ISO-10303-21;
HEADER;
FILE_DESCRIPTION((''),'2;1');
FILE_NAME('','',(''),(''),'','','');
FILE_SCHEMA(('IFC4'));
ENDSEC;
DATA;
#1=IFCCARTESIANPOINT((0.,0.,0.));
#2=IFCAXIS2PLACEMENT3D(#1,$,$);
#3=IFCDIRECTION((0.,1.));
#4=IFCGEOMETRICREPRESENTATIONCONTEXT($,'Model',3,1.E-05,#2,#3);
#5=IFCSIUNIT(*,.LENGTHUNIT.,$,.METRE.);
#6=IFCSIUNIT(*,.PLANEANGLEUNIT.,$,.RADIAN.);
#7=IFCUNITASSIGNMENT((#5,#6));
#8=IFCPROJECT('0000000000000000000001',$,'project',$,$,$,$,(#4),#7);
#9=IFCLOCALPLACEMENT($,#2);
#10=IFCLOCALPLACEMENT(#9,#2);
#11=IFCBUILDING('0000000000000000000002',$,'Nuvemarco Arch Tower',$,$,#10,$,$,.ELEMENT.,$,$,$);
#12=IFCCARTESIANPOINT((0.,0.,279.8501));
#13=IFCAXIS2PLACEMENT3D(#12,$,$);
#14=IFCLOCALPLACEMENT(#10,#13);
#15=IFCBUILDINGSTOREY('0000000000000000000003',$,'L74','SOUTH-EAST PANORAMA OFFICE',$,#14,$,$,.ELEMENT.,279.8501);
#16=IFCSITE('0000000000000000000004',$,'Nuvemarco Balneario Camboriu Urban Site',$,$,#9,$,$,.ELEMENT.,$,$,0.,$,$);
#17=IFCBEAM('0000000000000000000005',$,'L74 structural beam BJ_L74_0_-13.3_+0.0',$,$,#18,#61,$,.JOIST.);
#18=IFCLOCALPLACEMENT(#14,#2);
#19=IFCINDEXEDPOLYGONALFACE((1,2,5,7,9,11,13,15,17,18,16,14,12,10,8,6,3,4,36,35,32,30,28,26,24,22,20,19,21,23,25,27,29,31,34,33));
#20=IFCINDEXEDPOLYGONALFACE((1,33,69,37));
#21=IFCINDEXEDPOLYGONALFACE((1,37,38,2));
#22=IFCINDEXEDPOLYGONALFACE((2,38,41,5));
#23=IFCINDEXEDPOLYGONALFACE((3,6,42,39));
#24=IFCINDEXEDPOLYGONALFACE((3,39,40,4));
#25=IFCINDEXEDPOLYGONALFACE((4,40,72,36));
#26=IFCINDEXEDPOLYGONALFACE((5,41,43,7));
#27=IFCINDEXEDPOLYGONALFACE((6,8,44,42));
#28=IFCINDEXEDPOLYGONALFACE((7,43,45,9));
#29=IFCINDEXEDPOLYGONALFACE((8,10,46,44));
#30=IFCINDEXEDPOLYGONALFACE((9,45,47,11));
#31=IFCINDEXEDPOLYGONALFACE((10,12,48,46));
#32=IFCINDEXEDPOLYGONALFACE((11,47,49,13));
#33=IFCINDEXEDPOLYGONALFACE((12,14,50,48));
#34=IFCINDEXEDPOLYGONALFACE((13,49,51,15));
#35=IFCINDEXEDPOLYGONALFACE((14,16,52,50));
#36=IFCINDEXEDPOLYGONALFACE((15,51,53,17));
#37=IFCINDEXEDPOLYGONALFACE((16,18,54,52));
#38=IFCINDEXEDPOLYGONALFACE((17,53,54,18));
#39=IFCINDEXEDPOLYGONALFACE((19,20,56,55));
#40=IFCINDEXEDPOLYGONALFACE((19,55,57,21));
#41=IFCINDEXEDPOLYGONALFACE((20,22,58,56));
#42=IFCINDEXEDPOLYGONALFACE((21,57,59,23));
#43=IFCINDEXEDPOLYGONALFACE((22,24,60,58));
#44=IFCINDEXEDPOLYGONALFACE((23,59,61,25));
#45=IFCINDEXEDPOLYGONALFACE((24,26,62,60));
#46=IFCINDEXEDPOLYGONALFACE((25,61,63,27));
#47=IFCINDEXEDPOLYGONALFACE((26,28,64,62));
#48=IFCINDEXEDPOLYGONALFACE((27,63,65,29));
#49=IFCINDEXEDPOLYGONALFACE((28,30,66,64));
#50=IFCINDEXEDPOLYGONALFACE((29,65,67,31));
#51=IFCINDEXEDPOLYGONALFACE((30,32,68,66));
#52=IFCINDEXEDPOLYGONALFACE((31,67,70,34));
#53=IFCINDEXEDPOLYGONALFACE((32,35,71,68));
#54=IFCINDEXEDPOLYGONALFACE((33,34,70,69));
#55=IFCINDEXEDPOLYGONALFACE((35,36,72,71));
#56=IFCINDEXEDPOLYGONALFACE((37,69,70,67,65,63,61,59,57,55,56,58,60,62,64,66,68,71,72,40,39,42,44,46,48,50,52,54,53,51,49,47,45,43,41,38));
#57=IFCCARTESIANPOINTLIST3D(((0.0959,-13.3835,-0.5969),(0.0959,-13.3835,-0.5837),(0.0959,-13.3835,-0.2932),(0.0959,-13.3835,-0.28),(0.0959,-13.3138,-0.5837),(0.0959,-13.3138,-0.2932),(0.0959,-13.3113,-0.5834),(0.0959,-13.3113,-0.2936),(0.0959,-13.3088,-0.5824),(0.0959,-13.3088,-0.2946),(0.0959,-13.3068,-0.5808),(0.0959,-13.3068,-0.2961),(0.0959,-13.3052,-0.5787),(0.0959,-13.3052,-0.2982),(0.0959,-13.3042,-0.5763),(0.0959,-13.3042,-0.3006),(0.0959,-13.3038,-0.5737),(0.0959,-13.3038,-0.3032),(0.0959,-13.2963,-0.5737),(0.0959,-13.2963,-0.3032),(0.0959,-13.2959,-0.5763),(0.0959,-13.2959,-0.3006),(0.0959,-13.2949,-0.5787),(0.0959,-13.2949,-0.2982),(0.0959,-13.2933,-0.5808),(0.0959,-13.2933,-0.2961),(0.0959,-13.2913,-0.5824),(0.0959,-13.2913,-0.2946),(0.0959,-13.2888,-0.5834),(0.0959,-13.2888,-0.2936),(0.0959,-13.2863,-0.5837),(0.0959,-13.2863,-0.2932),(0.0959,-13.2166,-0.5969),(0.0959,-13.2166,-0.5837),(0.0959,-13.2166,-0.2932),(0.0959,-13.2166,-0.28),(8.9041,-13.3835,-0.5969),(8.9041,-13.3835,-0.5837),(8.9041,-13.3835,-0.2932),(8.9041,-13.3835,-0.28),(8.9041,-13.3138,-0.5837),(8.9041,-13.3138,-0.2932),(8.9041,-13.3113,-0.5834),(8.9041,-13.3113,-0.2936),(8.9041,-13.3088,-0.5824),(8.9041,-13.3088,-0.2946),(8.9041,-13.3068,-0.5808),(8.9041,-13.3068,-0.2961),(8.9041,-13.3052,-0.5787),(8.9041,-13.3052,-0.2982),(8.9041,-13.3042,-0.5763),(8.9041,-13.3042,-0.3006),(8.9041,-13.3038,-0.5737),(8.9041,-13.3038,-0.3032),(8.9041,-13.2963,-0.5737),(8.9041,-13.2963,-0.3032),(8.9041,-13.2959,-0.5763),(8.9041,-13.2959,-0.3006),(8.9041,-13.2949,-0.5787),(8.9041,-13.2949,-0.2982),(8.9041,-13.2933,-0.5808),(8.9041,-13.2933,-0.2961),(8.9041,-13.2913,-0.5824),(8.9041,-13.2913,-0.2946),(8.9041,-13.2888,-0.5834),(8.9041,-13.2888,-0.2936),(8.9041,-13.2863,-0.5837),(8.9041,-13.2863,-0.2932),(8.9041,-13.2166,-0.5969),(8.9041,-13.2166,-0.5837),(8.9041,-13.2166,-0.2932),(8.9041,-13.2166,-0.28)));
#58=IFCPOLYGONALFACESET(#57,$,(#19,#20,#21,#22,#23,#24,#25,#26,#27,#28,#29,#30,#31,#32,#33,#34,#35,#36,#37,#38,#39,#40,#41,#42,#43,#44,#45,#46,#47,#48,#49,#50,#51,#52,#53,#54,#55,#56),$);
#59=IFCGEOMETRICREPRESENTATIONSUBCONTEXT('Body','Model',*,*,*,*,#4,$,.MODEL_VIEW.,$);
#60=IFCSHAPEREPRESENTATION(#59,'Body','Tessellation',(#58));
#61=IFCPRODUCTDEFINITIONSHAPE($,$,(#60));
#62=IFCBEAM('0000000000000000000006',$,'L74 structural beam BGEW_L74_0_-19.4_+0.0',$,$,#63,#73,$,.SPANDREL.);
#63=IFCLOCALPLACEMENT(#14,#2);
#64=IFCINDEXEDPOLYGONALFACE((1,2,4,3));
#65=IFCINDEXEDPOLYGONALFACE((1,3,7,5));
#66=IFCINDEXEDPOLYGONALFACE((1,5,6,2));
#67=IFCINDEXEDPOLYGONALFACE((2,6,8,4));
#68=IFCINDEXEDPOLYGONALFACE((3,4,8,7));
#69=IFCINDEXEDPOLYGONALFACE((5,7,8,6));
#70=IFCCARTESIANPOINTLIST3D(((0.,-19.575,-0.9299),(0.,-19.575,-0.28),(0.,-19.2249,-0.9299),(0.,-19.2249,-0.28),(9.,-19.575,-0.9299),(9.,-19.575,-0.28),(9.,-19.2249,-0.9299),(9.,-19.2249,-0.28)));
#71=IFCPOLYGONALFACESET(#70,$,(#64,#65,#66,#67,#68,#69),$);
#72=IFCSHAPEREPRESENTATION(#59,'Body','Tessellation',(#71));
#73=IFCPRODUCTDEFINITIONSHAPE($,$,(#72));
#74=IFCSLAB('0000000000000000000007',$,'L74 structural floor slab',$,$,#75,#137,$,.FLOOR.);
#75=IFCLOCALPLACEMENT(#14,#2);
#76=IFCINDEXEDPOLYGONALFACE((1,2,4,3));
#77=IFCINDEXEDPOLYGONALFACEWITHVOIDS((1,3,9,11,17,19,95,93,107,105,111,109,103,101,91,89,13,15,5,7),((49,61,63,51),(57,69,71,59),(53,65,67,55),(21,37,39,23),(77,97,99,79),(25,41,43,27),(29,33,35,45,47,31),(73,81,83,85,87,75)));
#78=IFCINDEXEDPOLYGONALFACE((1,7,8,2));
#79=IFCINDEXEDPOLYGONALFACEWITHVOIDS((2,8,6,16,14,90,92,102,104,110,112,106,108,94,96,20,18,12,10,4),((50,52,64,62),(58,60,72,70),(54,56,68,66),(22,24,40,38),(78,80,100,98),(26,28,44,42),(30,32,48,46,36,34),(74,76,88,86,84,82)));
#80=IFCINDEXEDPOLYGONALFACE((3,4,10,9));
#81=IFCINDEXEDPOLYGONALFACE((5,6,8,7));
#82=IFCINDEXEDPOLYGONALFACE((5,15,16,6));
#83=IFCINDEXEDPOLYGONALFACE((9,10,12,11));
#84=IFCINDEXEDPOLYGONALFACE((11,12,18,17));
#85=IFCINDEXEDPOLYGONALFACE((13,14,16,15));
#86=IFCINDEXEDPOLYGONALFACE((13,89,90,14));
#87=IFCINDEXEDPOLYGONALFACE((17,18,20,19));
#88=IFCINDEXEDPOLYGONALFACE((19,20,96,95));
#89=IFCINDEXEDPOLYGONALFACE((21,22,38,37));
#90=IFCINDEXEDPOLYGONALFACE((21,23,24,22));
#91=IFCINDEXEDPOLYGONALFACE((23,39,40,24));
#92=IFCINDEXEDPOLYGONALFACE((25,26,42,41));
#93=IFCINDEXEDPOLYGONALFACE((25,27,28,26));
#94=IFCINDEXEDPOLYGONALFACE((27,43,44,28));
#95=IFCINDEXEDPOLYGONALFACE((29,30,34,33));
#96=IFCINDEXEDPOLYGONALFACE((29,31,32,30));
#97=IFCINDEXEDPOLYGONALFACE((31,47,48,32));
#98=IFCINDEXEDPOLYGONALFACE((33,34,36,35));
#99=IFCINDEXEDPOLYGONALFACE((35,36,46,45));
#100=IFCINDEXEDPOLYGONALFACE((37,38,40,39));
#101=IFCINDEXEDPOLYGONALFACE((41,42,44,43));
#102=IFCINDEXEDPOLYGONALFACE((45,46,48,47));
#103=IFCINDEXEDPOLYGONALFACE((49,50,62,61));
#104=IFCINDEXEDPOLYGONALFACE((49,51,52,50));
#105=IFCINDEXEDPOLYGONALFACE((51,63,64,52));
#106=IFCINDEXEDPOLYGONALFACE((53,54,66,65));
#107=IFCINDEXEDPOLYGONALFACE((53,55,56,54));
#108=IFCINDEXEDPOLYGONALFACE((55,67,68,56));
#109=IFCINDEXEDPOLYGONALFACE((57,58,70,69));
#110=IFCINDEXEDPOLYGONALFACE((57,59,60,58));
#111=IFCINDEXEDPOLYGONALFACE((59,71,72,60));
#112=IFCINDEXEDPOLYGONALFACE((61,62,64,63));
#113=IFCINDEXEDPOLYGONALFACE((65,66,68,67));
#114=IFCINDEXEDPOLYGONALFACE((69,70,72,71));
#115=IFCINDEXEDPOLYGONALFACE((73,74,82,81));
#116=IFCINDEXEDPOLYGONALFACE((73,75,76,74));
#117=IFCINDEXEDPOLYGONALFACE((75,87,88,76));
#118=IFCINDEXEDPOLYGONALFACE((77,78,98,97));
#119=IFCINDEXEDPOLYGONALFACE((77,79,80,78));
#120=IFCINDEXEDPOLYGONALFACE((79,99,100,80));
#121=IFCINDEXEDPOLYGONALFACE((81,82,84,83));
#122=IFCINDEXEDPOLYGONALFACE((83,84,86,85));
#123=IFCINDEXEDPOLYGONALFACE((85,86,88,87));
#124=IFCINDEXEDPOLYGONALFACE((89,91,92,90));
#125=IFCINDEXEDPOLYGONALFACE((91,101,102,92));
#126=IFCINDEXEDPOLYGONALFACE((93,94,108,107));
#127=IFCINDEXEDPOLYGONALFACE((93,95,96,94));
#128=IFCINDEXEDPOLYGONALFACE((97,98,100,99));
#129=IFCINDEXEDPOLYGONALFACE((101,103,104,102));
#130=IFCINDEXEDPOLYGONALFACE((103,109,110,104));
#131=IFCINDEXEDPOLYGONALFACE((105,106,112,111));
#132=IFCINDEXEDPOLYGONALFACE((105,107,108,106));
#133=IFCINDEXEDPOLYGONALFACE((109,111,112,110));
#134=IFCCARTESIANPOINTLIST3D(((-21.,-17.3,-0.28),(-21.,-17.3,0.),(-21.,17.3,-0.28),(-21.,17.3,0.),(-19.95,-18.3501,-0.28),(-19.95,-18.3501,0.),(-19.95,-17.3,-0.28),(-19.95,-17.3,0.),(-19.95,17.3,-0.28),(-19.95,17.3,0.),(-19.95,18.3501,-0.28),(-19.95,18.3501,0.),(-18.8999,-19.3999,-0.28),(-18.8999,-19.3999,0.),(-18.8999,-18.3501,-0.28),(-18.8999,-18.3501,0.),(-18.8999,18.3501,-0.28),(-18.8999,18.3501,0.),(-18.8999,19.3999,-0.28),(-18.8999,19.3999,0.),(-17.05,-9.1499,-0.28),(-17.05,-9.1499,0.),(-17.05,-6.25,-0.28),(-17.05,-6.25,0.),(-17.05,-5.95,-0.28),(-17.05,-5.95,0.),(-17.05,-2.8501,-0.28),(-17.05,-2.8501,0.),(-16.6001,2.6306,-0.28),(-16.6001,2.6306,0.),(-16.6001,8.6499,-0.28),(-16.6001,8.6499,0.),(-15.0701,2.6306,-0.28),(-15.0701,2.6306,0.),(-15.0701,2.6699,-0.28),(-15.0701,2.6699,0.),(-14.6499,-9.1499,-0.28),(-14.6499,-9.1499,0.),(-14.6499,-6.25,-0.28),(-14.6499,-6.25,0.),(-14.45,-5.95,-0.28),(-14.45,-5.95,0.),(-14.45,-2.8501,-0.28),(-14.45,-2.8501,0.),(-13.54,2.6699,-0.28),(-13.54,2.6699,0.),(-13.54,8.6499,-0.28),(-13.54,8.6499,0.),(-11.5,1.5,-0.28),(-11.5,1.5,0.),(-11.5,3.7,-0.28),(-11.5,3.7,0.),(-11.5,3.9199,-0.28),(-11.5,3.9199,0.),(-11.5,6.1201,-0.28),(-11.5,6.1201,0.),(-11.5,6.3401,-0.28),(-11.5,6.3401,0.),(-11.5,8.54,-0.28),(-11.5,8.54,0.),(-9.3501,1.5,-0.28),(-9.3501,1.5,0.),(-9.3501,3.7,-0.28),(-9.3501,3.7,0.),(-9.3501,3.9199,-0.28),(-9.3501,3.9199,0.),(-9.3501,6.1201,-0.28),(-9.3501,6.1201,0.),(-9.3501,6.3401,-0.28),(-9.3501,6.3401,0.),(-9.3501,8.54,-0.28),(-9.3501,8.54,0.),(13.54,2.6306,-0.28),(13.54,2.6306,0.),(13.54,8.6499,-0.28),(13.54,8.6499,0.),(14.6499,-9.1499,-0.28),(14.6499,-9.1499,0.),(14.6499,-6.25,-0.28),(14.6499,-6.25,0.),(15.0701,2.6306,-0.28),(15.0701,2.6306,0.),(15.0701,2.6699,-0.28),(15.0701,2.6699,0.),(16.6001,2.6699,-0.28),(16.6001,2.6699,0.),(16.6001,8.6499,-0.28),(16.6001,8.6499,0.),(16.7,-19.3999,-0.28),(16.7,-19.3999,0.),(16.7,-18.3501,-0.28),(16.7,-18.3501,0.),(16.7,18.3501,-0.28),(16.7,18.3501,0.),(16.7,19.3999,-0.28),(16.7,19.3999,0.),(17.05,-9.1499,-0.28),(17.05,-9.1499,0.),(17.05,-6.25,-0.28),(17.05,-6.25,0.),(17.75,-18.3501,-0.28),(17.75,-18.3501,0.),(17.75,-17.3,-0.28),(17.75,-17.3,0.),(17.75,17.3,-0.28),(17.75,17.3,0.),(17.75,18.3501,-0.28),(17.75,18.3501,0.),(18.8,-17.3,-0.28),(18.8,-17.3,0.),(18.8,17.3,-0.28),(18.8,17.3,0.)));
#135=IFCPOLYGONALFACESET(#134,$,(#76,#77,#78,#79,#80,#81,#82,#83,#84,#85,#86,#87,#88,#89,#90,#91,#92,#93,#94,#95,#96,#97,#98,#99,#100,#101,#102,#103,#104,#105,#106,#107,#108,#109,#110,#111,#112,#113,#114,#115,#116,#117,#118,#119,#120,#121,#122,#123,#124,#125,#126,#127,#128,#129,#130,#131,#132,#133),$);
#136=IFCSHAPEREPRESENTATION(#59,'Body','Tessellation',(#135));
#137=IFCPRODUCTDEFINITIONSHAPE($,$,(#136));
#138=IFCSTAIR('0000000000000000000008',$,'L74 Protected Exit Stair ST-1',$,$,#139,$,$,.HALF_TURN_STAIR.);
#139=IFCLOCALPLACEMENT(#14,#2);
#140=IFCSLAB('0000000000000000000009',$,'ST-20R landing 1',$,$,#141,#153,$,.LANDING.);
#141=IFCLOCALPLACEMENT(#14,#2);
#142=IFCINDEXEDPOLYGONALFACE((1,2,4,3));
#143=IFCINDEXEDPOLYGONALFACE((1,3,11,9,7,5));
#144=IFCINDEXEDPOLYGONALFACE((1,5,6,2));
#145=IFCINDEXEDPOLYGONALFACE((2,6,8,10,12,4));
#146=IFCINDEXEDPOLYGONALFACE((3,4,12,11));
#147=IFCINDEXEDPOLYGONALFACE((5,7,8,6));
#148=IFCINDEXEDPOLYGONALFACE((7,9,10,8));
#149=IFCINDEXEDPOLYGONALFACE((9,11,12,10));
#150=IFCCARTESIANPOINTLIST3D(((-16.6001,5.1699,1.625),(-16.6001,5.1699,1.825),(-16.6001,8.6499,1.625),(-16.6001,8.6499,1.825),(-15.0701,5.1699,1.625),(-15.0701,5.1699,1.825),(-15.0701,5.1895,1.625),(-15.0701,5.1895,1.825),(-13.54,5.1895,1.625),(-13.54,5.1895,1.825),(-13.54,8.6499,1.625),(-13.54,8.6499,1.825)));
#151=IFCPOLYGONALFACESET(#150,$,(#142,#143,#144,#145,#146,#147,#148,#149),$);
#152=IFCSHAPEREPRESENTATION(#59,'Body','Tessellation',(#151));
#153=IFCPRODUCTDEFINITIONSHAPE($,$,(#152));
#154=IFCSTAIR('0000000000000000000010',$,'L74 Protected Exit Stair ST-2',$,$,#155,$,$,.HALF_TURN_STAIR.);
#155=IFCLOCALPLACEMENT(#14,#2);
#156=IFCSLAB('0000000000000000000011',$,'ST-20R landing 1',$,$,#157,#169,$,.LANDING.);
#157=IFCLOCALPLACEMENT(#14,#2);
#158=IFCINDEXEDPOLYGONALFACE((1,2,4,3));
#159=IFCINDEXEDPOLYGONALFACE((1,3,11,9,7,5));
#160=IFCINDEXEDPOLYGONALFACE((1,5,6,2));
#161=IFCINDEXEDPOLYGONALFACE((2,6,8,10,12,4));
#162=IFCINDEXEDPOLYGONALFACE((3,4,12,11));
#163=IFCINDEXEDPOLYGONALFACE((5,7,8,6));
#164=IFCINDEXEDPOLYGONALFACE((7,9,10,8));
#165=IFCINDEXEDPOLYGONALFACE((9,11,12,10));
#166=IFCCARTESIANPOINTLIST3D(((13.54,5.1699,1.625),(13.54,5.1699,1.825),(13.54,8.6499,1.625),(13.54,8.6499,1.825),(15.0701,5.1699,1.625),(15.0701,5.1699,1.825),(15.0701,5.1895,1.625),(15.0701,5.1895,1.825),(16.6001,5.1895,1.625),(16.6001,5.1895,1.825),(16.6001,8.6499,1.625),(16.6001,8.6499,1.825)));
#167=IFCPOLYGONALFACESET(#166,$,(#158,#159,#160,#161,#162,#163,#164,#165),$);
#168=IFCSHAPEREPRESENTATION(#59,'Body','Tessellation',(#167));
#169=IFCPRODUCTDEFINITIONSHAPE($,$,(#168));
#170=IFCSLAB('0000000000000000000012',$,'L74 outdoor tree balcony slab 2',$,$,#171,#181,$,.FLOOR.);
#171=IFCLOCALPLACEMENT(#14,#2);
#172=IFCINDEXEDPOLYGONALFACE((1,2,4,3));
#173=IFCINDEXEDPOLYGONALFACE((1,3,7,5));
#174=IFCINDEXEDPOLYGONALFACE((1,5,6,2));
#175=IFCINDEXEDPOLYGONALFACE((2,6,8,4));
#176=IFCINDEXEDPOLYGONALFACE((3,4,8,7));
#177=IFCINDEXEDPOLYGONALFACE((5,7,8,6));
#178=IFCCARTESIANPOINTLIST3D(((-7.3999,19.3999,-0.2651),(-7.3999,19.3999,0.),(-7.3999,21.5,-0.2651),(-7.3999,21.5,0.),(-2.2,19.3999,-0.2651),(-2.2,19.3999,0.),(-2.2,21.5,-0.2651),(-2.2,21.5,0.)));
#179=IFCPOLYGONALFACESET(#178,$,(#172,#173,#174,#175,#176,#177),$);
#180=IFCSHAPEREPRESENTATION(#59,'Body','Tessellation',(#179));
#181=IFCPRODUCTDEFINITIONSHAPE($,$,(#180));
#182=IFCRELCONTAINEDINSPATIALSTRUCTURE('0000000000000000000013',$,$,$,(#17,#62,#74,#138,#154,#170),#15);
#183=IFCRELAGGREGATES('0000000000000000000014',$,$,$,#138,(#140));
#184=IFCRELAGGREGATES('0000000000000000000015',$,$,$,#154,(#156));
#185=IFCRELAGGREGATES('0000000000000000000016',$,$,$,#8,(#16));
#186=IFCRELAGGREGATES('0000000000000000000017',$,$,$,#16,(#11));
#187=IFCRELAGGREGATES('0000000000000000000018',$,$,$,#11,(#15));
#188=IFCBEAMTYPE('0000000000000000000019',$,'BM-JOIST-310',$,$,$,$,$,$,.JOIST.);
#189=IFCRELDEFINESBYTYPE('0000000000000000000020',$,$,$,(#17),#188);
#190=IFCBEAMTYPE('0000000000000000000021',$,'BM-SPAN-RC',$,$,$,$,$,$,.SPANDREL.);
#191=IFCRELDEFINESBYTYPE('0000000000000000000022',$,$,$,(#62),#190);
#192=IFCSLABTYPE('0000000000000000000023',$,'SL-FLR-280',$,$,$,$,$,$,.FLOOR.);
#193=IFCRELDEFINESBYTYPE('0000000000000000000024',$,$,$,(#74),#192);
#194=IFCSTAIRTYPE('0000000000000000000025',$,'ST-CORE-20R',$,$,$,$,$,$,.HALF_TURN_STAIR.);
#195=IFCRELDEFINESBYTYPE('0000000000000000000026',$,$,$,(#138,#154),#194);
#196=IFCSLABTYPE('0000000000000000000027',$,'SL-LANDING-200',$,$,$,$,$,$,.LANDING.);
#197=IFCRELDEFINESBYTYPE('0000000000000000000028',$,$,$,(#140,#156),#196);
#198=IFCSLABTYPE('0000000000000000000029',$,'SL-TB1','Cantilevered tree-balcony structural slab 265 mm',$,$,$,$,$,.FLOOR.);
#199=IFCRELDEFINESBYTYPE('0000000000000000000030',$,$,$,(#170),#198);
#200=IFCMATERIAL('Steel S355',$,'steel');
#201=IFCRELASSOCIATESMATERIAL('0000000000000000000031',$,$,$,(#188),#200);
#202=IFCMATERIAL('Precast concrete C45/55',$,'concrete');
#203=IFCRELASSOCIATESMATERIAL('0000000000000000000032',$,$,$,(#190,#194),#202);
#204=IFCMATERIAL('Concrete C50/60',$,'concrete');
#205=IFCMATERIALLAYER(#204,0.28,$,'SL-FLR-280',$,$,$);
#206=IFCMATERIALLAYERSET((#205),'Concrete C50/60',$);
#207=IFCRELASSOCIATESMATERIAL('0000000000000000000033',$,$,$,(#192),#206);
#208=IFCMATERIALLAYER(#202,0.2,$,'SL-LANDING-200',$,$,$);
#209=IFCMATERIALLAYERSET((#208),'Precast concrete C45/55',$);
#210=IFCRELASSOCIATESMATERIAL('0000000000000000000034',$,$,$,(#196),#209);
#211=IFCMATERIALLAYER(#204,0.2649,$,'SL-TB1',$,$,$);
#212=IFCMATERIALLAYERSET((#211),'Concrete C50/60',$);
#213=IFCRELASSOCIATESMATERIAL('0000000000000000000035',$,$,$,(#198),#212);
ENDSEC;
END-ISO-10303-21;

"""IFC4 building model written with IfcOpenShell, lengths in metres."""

from ifc_helpers import new_model, si_unit, direction, frame, origin, origin_2d, place, context, subcontext, project, spatial, polyline, rectangle, i_section, outline, extrude, material, layer, layer_set, material_profile, profile_set, type_object, element, aggregate, save


model = new_model("IFC4")

# Units and contexts
model_context = context("Model", 3, precision=1e-05, world=origin(), true_north=direction((0.0, 1.0)))
body_context = subcontext(model_context, "Body", "Model", "MODEL_VIEW")
ifc_project = project(units=[si_unit("LENGTHUNIT", "METRE"), si_unit("PLANEANGLEUNIT", "RADIAN")], contexts=[model_context])

# Site, building, storey
site_placement = place(None, origin())
site = spatial("IfcSite", under=ifc_project, at=site_placement, Name="Nuvemarco Balneario Camboriu Urban Site", CompositionType="ELEMENT", RefElevation=0.0)
building_placement = place(site_placement, origin())
building = spatial("IfcBuilding", under=site, at=building_placement, Name="Nuvemarco Arch Tower", CompositionType="ELEMENT")
storey_placement = place(building_placement, frame((0.0, 0.0, 279.8501)))
storey = spatial("IfcBuildingStorey", under=building, at=storey_placement, Name="L74", Description="SOUTH-EAST PANORAMA OFFICE", CompositionType="ELEMENT", Elevation=279.8501)

# Shared definitions
ifc_material_1 = material(Name="Steel S355", Category="steel")

# Beams
ifc_material_profile_1 = material_profile(ifc_material_1, i_section(OverallWidth=0.167, OverallDepth=0.3169, WebThickness=0.0076, FlangeThickness=0.0132, FilletRadius=0.01, at=origin_2d()), Name="W310x52")
ifc_profile_set_1 = profile_set([ifc_material_profile_1], Name="Steel S355")
beam_type_1 = type_object("IfcBeamType", Name="BM-JOIST-310", PredefinedType="JOIST", material=ifc_profile_set_1)
beam_1_placement = place(storey_placement, frame((0.0959, -13.3, -0.4385), z_axis=(1.0, 0.0, 0.0), x_axis=(0.0, 1.0, 0.0)))
element("IfcBeam", 1, at=beam_1_placement, inside=storey, type_object=beam_type_1, Name="L74 structural beam BJ_L74_0_-13.3_+0.0", PredefinedType="JOIST", context=body_context, shape_type="SweptSolid", body=[
    extrude(i_section(OverallWidth=0.167, OverallDepth=0.3169, WebThickness=0.0076, FlangeThickness=0.0132, FilletRadius=0.01, at=origin_2d()), origin(), (0.0, 0.0, 1.0), 8.8081),
])
ifc_material_2 = material(Name="Precast concrete C45/55", Category="concrete")
ifc_material_profile_2 = material_profile(ifc_material_2, rectangle(XDim=0.3501, YDim=0.6499, at=origin_2d()), Name="PC-SP-350x650")
ifc_profile_set_2 = profile_set([ifc_material_profile_2], Name="Precast concrete C45/55")
beam_type_2 = type_object("IfcBeamType", Name="BM-SPAN-RC", PredefinedType="SPANDREL", material=ifc_profile_set_2)
beam_2_placement = place(storey_placement, frame((0.0, -19.3999, -0.605), z_axis=(1.0, 0.0, 0.0), x_axis=(0.0, 1.0, 0.0)))
element("IfcBeam", 2, at=beam_2_placement, inside=storey, type_object=beam_type_2, Name="L74 structural beam BGEW_L74_0_-19.4_+0.0", PredefinedType="SPANDREL", context=body_context, shape_type="SweptSolid", body=[
    extrude(rectangle(XDim=0.3501, YDim=0.6499, at=origin_2d()), origin(), (0.0, 0.0, 1.0), 9.0),
])

# Slab
ifc_material_3 = material(Name="Concrete C50/60", Category="concrete")
ifc_layer_1 = layer(ifc_material_3, 0.28, Name="SL-FLR-280")
ifc_layer_set_1 = layer_set([ifc_layer_1], Name="Concrete C50/60")
slab_type_1 = type_object("IfcSlabType", Name="SL-FLR-280", PredefinedType="FLOOR", material=ifc_layer_set_1)
slab_1_placement = place(storey_placement, frame((0.0, 0.0, -0.28)))
element("IfcSlab", 3, at=slab_1_placement, inside=storey, type_object=slab_type_1, Name="L74 structural floor slab", PredefinedType="FLOOR", context=body_context, shape_type="SweptSolid", body=[
    extrude(outline(polyline([(-18.8999, -19.3999), (16.7, -19.3999), (16.7, -18.3501), (17.75, -18.3501), (17.75, -17.3), (18.8, -17.3), (18.8, 17.3), (17.75, 17.3), (17.75, 18.3501), (16.7, 18.3501), (16.7, 19.3999), (-18.8999, 19.3999), (-18.8999, 18.3501), (-19.95, 18.3501), (-19.95, 17.3), (-21.0, 17.3), (-21.0, -17.3), (-19.95, -17.3), (-19.95, -18.3501), (-18.8999, -18.3501), (-18.8999, -19.3999)]), holes=[polyline([(-13.54, 2.6699), (-13.54, 8.6499), (-16.6001, 8.6499), (-16.6001, 2.6306), (-15.0701, 2.6306), (-15.0701, 2.6699), (-13.54, 2.6699)]), polyline([(16.6001, 2.6699), (16.6001, 8.6499), (13.54, 8.6499), (13.54, 2.6306), (15.0701, 2.6306), (15.0701, 2.6699), (16.6001, 2.6699)]), polyline([(-17.05, -9.1499), (-14.6499, -9.1499), (-14.6499, -6.25), (-17.05, -6.25), (-17.05, -9.1499)]), polyline([(-17.05, -5.95), (-14.45, -5.95), (-14.45, -2.8501), (-17.05, -2.8501), (-17.05, -5.95)]), polyline([(-11.5, 1.5), (-9.3501, 1.5), (-9.3501, 3.7), (-11.5, 3.7), (-11.5, 1.5)]), polyline([(-11.5, 3.9199), (-9.3501, 3.9199), (-9.3501, 6.1201), (-11.5, 6.1201), (-11.5, 3.9199)]), polyline([(-11.5, 6.3401), (-9.3501, 6.3401), (-9.3501, 8.54), (-11.5, 8.54), (-11.5, 6.3401)]), polyline([(14.6499, -9.1499), (17.05, -9.1499), (17.05, -6.25), (14.6499, -6.25), (14.6499, -9.1499)])]), origin(), (0.0, 0.0, 1.0), 0.28),
])

# Stairs, slabs
stair_type = type_object("IfcStairType", Name="ST-CORE-20R", PredefinedType="HALF_TURN_STAIR", material=ifc_material_2)
stair_1_placement = place(storey_placement, origin())
stair_1 = element("IfcStair", 4, at=stair_1_placement, inside=storey, type_object=stair_type, Name="L74 Protected Exit Stair ST-1", PredefinedType="HALF_TURN_STAIR")
ifc_layer_2 = layer(ifc_material_2, 0.2, Name="SL-LANDING-200")
ifc_layer_set_2 = layer_set([ifc_layer_2], Name="Precast concrete C45/55")
slab_type_2 = type_object("IfcSlabType", Name="SL-LANDING-200", PredefinedType="LANDING", material=ifc_layer_set_2)
slab_2_placement = place(storey_placement, frame((0.0, 0.0, 1.625)))
slab_2 = element("IfcSlab", 5, at=slab_2_placement, type_object=slab_type_2, Name="ST-20R landing 1", PredefinedType="LANDING", context=body_context, shape_type="SweptSolid", body=[
    extrude(outline(polyline([(-13.54, 5.1895), (-13.54, 8.6499), (-16.6001, 8.6499), (-16.6001, 5.1699), (-15.0701, 5.1699), (-15.0701, 5.1895), (-13.54, 5.1895)])), origin(), (0.0, 0.0, 1.0), 0.2),
])
aggregate(stair_1, [slab_2])
stair_2_placement = place(storey_placement, origin())
stair_2 = element("IfcStair", 6, at=stair_2_placement, inside=storey, type_object=stair_type, Name="L74 Protected Exit Stair ST-2", PredefinedType="HALF_TURN_STAIR")
slab_3_placement = place(storey_placement, frame((0.0, 0.0, 1.625)))
slab_3 = element("IfcSlab", 7, at=slab_3_placement, type_object=slab_type_2, Name="ST-20R landing 1", PredefinedType="LANDING", context=body_context, shape_type="SweptSolid", body=[
    extrude(outline(polyline([(16.6001, 5.1895), (16.6001, 8.6499), (13.54, 8.6499), (13.54, 5.1699), (15.0701, 5.1699), (15.0701, 5.1895), (16.6001, 5.1895)])), origin(), (0.0, 0.0, 1.0), 0.2),
])
aggregate(stair_2, [slab_3])

# Slab
ifc_layer_3 = layer(ifc_material_3, 0.2649, Name="SL-TB1")
ifc_layer_set_3 = layer_set([ifc_layer_3], Name="Concrete C50/60")
slab_type_3 = type_object("IfcSlabType", Name="SL-TB1", Description="Cantilevered tree-balcony structural slab 265 mm", PredefinedType="FLOOR", material=ifc_layer_set_3)
slab_4_placement = place(storey_placement, frame((0.0, 0.0, -0.2651)))
element("IfcSlab", 8, at=slab_4_placement, inside=storey, type_object=slab_type_3, Name="L74 outdoor tree balcony slab 2", PredefinedType="FLOOR", context=body_context, shape_type="SweptSolid", body=[
    extrude(outline(polyline([(-7.3999, 19.3999), (-2.2, 19.3999), (-2.2, 21.5), (-7.3999, 21.5), (-7.3999, 19.3999)])), origin(), (0.0, 0.0, 1.0), 0.2651),
])

save(model, "model.ifc")
